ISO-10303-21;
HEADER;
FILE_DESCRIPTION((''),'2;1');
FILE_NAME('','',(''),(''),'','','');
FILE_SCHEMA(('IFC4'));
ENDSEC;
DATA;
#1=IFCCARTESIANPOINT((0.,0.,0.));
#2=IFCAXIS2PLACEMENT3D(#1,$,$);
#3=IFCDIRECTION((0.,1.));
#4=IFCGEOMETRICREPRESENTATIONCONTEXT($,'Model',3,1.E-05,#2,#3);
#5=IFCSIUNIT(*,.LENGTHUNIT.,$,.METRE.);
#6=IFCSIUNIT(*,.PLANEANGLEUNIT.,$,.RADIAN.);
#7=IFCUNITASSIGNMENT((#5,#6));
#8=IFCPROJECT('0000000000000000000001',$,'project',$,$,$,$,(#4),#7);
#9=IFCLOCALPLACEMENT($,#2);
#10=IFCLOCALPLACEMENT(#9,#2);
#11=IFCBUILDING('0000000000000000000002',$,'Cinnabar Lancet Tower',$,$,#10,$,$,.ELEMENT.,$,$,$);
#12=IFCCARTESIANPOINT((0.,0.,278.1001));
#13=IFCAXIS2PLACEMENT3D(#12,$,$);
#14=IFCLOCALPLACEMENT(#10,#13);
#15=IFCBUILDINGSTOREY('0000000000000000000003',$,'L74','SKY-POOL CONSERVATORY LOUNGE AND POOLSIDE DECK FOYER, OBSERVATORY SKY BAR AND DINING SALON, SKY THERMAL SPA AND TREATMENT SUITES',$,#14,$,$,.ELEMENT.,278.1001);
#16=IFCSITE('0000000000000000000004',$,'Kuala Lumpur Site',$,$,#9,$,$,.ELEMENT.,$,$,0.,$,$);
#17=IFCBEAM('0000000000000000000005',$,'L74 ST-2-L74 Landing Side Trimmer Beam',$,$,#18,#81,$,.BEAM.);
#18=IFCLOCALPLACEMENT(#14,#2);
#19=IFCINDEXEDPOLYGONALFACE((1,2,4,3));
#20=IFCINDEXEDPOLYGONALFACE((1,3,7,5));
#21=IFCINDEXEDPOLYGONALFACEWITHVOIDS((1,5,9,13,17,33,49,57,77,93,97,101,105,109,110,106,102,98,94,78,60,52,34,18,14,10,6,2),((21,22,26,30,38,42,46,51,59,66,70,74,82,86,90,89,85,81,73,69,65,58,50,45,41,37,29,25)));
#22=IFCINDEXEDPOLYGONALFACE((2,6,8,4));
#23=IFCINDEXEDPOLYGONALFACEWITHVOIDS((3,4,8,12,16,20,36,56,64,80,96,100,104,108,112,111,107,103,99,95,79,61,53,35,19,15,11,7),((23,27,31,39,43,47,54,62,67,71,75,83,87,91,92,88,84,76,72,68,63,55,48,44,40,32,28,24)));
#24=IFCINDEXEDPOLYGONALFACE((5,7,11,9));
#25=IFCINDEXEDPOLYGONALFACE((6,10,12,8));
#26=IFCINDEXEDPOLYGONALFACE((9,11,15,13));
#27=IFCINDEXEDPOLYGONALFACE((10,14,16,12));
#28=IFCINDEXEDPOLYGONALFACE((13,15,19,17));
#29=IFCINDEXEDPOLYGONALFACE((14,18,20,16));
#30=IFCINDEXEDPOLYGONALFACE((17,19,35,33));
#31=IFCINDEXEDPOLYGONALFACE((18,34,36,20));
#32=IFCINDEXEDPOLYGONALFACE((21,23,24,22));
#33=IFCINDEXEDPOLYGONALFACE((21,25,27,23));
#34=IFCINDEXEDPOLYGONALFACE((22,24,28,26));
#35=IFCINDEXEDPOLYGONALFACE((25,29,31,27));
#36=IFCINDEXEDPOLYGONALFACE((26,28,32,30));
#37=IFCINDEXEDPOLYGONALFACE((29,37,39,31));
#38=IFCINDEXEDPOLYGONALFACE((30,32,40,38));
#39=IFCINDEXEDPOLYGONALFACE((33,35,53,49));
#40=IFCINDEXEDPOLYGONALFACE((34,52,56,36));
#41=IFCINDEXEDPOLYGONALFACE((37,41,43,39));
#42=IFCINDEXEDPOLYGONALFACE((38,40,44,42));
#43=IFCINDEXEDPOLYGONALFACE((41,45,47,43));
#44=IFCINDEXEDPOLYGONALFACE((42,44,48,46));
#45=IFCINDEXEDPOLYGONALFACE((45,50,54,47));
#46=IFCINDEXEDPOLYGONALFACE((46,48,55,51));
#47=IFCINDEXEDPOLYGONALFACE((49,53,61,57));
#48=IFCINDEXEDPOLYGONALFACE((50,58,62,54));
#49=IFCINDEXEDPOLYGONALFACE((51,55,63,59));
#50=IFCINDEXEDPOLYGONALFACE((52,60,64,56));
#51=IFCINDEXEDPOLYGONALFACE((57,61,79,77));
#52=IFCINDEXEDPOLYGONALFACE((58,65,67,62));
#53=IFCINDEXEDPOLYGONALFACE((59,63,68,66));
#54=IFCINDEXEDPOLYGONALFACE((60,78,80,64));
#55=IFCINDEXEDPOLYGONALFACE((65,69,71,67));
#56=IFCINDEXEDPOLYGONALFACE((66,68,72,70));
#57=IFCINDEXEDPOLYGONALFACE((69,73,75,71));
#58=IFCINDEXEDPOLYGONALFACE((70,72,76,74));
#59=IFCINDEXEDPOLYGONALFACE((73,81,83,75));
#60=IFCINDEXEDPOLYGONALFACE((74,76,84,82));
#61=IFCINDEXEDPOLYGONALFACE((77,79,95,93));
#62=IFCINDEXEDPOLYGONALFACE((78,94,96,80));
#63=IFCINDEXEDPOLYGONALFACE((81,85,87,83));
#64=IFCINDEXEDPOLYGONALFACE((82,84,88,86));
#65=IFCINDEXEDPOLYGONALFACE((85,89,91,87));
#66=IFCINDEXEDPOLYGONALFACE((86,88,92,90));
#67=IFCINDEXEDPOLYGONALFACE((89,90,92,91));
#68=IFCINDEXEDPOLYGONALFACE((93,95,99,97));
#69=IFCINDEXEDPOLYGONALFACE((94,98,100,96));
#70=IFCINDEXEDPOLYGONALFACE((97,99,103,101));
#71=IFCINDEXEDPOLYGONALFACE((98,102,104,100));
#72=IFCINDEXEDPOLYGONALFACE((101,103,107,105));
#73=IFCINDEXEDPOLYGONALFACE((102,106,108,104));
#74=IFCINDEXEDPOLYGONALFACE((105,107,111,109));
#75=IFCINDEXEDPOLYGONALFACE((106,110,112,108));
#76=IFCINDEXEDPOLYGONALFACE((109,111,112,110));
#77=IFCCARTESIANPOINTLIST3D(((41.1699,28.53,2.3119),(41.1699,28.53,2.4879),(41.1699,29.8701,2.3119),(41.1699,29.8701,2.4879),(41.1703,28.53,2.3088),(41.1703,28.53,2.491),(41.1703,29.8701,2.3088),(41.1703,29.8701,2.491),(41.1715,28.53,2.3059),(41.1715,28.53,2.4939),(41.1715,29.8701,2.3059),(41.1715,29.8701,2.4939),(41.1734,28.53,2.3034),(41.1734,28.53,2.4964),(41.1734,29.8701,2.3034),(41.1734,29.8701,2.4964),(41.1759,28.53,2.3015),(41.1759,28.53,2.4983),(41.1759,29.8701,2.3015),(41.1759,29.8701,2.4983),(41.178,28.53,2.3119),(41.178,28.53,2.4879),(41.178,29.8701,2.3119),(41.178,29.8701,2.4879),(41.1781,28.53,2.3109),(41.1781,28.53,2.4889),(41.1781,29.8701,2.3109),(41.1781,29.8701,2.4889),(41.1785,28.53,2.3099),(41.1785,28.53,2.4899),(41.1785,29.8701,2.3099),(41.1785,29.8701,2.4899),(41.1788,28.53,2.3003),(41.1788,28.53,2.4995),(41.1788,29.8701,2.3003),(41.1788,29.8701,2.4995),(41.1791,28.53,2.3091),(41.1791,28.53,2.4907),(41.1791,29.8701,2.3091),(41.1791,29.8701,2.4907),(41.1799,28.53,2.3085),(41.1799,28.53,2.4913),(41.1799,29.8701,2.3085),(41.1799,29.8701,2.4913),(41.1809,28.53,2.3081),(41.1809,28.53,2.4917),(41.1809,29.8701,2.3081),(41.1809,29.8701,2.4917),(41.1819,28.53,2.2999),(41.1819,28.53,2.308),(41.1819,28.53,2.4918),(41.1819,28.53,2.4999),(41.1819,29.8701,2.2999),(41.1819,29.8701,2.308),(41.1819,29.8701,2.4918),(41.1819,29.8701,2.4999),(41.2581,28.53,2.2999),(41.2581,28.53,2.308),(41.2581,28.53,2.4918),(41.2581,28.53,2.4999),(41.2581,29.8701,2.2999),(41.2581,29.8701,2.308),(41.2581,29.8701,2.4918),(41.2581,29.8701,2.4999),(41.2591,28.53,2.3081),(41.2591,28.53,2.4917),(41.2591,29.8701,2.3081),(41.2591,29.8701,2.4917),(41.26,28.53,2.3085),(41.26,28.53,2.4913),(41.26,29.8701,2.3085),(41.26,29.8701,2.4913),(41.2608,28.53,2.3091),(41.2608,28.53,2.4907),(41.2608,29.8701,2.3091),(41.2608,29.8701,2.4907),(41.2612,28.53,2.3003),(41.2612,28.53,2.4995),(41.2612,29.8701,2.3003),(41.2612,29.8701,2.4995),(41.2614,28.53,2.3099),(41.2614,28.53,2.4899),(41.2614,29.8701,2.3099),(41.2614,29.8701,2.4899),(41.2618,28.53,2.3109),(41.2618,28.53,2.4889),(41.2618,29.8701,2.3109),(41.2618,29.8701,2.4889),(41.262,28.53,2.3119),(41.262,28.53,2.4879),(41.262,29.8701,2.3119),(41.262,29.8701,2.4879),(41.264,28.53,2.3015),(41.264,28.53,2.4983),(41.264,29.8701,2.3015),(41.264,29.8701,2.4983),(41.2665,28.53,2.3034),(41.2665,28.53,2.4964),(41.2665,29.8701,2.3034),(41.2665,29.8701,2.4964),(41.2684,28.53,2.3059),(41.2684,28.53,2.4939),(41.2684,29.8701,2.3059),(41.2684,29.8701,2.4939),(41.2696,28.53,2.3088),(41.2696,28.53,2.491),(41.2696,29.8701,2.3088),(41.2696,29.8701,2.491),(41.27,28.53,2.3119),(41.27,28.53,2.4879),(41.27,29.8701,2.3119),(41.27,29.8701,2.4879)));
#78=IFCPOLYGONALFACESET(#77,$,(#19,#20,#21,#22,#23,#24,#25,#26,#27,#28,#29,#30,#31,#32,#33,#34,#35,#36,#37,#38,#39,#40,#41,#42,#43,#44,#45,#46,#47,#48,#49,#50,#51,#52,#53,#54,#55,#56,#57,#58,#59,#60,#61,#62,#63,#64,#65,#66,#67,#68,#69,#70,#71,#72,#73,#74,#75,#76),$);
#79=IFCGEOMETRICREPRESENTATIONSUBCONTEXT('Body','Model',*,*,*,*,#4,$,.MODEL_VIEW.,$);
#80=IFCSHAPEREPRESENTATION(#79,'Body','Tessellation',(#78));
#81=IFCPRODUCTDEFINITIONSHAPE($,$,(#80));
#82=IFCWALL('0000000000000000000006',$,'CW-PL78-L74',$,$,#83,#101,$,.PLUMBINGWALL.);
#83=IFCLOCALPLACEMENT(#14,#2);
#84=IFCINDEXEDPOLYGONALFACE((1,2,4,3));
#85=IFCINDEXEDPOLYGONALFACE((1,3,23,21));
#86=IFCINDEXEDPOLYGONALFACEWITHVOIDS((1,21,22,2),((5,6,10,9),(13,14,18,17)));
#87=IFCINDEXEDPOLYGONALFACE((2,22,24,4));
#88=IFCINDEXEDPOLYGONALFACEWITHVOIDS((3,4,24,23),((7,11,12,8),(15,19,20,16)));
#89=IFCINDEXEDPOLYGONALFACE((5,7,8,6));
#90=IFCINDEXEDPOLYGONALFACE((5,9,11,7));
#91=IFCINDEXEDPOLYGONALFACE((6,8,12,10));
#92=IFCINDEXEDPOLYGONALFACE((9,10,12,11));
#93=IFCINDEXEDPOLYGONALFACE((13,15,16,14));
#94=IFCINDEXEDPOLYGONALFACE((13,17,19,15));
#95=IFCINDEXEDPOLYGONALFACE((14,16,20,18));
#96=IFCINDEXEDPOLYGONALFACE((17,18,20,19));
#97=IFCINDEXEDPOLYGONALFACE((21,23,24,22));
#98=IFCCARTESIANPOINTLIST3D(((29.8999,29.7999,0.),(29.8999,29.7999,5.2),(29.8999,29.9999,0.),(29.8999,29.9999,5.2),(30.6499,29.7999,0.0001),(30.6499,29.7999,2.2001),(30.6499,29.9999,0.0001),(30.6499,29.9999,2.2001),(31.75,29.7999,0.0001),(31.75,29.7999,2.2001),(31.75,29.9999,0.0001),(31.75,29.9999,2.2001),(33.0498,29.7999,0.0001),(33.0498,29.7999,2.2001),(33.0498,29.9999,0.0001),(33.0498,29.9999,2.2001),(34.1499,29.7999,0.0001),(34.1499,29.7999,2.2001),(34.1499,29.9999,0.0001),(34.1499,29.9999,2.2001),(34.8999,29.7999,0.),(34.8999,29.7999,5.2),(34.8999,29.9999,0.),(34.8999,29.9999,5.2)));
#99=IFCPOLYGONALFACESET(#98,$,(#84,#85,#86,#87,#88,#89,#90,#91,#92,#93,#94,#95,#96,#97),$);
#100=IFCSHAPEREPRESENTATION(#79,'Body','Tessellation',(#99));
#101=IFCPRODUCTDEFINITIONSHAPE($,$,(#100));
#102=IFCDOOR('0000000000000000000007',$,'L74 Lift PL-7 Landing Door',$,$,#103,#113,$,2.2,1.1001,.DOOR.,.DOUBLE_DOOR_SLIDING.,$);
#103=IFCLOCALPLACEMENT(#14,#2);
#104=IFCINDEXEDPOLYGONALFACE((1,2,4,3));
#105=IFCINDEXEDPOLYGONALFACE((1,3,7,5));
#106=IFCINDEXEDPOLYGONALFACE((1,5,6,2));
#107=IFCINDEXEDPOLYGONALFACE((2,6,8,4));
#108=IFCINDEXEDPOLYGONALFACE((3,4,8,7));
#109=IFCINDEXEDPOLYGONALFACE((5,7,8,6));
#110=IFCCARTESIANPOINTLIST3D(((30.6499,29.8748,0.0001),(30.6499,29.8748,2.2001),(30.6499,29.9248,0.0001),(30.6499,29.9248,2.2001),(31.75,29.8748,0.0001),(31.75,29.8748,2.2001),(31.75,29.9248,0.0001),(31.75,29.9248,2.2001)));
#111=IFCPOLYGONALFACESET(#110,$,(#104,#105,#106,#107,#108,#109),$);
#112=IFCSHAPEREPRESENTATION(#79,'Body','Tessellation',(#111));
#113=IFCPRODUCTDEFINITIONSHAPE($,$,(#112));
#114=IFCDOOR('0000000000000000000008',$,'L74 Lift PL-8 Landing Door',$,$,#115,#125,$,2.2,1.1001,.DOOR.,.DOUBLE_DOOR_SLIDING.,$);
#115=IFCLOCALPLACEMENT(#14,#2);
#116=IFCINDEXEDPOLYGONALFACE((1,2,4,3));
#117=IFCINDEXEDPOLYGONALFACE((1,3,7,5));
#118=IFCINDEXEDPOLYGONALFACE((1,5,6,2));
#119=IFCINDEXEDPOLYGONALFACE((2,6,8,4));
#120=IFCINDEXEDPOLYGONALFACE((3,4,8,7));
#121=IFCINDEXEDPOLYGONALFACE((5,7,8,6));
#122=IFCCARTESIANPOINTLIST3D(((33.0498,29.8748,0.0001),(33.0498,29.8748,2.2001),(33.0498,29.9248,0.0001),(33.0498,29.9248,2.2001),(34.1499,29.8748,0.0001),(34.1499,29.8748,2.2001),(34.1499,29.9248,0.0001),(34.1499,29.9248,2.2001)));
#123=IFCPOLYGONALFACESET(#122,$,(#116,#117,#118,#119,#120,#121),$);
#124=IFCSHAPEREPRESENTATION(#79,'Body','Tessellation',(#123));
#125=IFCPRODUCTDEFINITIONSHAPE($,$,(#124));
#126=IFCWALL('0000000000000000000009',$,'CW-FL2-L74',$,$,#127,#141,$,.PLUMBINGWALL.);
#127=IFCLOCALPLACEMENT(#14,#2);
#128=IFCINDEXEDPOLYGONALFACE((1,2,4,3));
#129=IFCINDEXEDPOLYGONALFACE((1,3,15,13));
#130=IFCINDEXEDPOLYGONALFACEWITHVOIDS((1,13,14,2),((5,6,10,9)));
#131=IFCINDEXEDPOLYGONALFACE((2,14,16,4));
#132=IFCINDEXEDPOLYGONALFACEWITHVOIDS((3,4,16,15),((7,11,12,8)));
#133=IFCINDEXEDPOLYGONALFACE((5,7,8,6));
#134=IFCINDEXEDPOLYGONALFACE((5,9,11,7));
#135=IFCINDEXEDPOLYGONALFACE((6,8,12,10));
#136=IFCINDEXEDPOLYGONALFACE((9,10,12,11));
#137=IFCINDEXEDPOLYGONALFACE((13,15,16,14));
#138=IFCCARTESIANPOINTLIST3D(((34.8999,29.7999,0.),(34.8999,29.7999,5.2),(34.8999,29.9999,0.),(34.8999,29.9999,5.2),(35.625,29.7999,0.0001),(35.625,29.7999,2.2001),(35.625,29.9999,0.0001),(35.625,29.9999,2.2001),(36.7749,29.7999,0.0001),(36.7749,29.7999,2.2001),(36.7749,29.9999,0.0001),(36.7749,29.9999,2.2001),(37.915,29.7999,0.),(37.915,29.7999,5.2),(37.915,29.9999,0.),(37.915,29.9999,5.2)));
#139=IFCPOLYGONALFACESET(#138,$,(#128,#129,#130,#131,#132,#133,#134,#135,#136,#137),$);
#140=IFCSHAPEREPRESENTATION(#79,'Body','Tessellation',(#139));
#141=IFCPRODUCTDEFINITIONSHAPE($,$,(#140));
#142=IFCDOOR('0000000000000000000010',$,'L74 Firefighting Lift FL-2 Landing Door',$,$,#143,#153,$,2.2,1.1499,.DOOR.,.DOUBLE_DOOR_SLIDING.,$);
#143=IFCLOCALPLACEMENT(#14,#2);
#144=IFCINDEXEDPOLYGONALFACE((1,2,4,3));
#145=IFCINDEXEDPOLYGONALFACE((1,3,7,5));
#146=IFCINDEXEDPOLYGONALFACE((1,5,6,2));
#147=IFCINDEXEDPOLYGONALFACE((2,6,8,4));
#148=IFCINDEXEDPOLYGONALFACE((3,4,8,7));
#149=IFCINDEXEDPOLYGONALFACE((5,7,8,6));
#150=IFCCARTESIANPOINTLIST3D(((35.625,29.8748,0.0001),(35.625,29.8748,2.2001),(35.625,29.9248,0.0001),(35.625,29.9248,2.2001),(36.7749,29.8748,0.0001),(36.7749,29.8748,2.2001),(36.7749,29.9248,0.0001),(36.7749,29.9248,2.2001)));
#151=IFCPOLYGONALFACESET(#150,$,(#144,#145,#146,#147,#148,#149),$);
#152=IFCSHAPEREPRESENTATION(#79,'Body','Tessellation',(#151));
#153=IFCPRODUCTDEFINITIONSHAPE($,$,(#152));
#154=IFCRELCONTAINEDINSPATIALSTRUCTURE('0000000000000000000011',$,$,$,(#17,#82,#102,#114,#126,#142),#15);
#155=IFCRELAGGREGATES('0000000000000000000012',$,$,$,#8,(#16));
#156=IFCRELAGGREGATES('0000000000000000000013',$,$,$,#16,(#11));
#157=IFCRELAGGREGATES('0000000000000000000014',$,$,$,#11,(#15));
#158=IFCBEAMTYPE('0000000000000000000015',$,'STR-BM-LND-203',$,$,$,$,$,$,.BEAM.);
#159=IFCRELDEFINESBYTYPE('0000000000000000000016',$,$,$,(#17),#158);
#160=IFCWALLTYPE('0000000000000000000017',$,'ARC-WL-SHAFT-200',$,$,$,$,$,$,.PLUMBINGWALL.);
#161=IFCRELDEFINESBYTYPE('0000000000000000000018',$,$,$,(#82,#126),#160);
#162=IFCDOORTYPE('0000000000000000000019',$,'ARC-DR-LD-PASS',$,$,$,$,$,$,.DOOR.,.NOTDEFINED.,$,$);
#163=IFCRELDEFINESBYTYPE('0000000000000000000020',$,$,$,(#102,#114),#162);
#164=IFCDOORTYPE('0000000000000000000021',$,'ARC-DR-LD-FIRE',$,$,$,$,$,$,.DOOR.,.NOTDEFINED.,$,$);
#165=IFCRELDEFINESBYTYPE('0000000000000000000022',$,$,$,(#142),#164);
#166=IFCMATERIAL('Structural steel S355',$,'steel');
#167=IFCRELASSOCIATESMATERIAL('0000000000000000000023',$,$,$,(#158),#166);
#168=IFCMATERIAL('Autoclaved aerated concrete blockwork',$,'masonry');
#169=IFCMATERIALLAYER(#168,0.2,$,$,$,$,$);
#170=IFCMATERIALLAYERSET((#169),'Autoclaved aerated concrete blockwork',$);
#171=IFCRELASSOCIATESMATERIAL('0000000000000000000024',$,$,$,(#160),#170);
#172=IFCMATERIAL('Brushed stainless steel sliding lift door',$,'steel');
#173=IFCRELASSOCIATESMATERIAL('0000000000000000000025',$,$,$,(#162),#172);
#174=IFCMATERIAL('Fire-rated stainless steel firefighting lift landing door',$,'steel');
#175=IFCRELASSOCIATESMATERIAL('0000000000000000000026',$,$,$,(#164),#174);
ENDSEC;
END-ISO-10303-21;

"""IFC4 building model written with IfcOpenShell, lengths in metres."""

from ifc_helpers import new_model, si_unit, direction, frame, frame_2d, origin, origin_2d, place, context, subcontext, project, spatial, rectangle, hollow_rectangle, extrude, material, layer, layer_set, material_profile, profile_set, type_object, element, fill, save


model = new_model("IFC4")

# Units and contexts
model_context = context("Model", 3, precision=1e-05, world=origin(), true_north=direction((0.0, 1.0)))
body_context = subcontext(model_context, "Body", "Model", "MODEL_VIEW")
ifc_project = project(units=[si_unit("LENGTHUNIT", "METRE"), si_unit("PLANEANGLEUNIT", "RADIAN")], contexts=[model_context])

# Site, building, storey
site_placement = place(None, origin())
site = spatial("IfcSite", under=ifc_project, at=site_placement, Name="Kuala Lumpur Site", CompositionType="ELEMENT", RefElevation=0.0)
building_placement = place(site_placement, origin())
building = spatial("IfcBuilding", under=site, at=building_placement, Name="Cinnabar Lancet Tower", CompositionType="ELEMENT")
storey_placement = place(building_placement, frame((0.0, 0.0, 278.1001)))
storey = spatial("IfcBuildingStorey", under=building, at=storey_placement, Name="L74", Description="SKY-POOL CONSERVATORY LOUNGE AND POOLSIDE DECK FOYER, OBSERVATORY SKY BAR AND DINING SALON, SKY THERMAL SPA AND TREATMENT SUITES", CompositionType="ELEMENT", Elevation=278.1001)

# Beam
ifc_material_1 = material(Name="Structural steel S355", Category="steel")
ifc_material_profile = material_profile(ifc_material_1, hollow_rectangle(XDim=0.1001, YDim=0.2, WallThickness=0.0081, InnerFilletRadius=0.0039, OuterFilletRadius=0.012, at=origin_2d()), Name="RHS 200x100x8")
ifc_profile_set = profile_set([ifc_material_profile], Name="Structural steel S355")
beam_type = type_object("IfcBeamType", Name="STR-BM-LND-203", PredefinedType="BEAM", material=ifc_profile_set)
beam_placement = place(storey_placement, frame((41.22, 28.53, 2.3999), z_axis=(0.0, 1.0, 0.0), x_axis=(-1.0, 0.0, 0.0)))
element("IfcBeam", 1, at=beam_placement, inside=storey, type_object=beam_type, Name="L74 ST-2-L74 Landing Side Trimmer Beam", PredefinedType="BEAM", context=body_context, shape_type="SweptSolid", body=[
    extrude(hollow_rectangle(XDim=0.1001, YDim=0.2, WallThickness=0.0081, InnerFilletRadius=0.0039, OuterFilletRadius=0.012, at=origin_2d()), origin(), (0.0, 0.0, 1.0), 1.3401),
])

# Wall, openings, doors
ifc_material_2 = material(Name="Autoclaved aerated concrete blockwork", Category="masonry")
ifc_layer = layer(ifc_material_2, 0.2)
ifc_layer_set = layer_set([ifc_layer], Name="Autoclaved aerated concrete blockwork")
wall_type = type_object("IfcWallType", Name="ARC-WL-SHAFT-200", PredefinedType="PLUMBINGWALL", material=ifc_layer_set)
wall_1_placement = place(storey_placement, frame((29.8999, 29.8999, 0.0), z_axis=(0.0, 0.0, 1.0), x_axis=(1.0, 0.0, 0.0)))
wall_1 = element("IfcWall", 2, at=wall_1_placement, inside=storey, type_object=wall_type, Name="CW-PL78-L74", PredefinedType="PLUMBINGWALL", context=body_context, shape_type="SweptSolid", body=[
    extrude(rectangle(XDim=5.0, YDim=0.2, at=frame_2d((2.5, 0.0))), origin(), (0.0, 0.0, 1.0), 5.2),
])
opening_1_placement = place(wall_1_placement, frame((0.75, 0.0, 0.0)))
opening_1 = element("IfcOpeningElement", 3, at=opening_1_placement, cuts=wall_1, PredefinedType="OPENING", context=body_context, shape_type="SweptSolid", body=[
    extrude(rectangle(XDim=1.1001, YDim=2.2, at=frame_2d((0.55, 1.1001))), frame((0.0, 0.1099, 0.0), z_axis=(0.0, -1.0, 0.0), x_axis=(1.0, 0.0, 0.0)), (0.0, 0.0, 1.0), 0.22),
])
opening_2_placement = place(wall_1_placement, frame((3.1499, 0.0, 0.0)))
opening_2 = element("IfcOpeningElement", 4, at=opening_2_placement, cuts=wall_1, PredefinedType="OPENING", context=body_context, shape_type="SweptSolid", body=[
    extrude(rectangle(XDim=1.1001, YDim=2.2, at=frame_2d((0.55, 1.1001))), frame((0.0, 0.1099, 0.0), z_axis=(0.0, -1.0, 0.0), x_axis=(1.0, 0.0, 0.0)), (0.0, 0.0, 1.0), 0.22),
])
ifc_material_3 = material(Name="Brushed stainless steel sliding lift door", Category="steel")
door_type_1 = type_object("IfcDoorType", Name="ARC-DR-LD-PASS", OperationType="NOTDEFINED", PredefinedType="DOOR", material=ifc_material_3)
door_1_placement = place(opening_1_placement, origin())
door_1 = element("IfcDoor", 5, at=door_1_placement, inside=storey, type_object=door_type_1, Name="L74 Lift PL-7 Landing Door", OperationType="DOUBLE_DOOR_SLIDING", OverallHeight=2.2, OverallWidth=1.1001, PredefinedType="DOOR", context=body_context, shape_type="SweptSolid", body=[
    extrude(rectangle(XDim=1.1001, YDim=2.2, at=frame_2d((0.55, 1.1001))), frame((0.0, 0.0249, 0.0), z_axis=(0.0, -1.0, 0.0), x_axis=(1.0, 0.0, 0.0)), (0.0, 0.0, 1.0), 0.05),
])
fill(opening_1, door_1)
door_2_placement = place(opening_2_placement, origin())
door_2 = element("IfcDoor", 6, at=door_2_placement, inside=storey, type_object=door_type_1, Name="L74 Lift PL-8 Landing Door", OperationType="DOUBLE_DOOR_SLIDING", OverallHeight=2.2, OverallWidth=1.1001, PredefinedType="DOOR", context=body_context, shape_type="SweptSolid", body=[
    extrude(rectangle(XDim=1.1001, YDim=2.2, at=frame_2d((0.55, 1.1001))), frame((0.0, 0.0249, 0.0), z_axis=(0.0, -1.0, 0.0), x_axis=(1.0, 0.0, 0.0)), (0.0, 0.0, 1.0), 0.05),
])
fill(opening_2, door_2)

# Wall, opening, door
wall_2_placement = place(storey_placement, frame((34.8999, 29.8999, 0.0), z_axis=(0.0, 0.0, 1.0), x_axis=(1.0, 0.0, 0.0)))
wall_2 = element("IfcWall", 7, at=wall_2_placement, inside=storey, type_object=wall_type, Name="CW-FL2-L74", PredefinedType="PLUMBINGWALL", context=body_context, shape_type="SweptSolid", body=[
    extrude(rectangle(XDim=3.0151, YDim=0.2, at=frame_2d((1.5076, 0.0))), origin(), (0.0, 0.0, 1.0), 5.2),
])
opening_3_placement = place(wall_2_placement, frame((0.7251, 0.0, 0.0)))
opening_3 = element("IfcOpeningElement", 8, at=opening_3_placement, cuts=wall_2, PredefinedType="OPENING", context=body_context, shape_type="SweptSolid", body=[
    extrude(rectangle(XDim=1.1499, YDim=2.2, at=frame_2d((0.575, 1.1001))), frame((0.0, 0.1099, 0.0), z_axis=(0.0, -1.0, 0.0), x_axis=(1.0, 0.0, 0.0)), (0.0, 0.0, 1.0), 0.22),
])
ifc_material_4 = material(Name="Fire-rated stainless steel firefighting lift landing door", Category="steel")
door_type_2 = type_object("IfcDoorType", Name="ARC-DR-LD-FIRE", OperationType="NOTDEFINED", PredefinedType="DOOR", material=ifc_material_4)
door_3_placement = place(opening_3_placement, origin())
door_3 = element("IfcDoor", 9, at=door_3_placement, inside=storey, type_object=door_type_2, Name="L74 Firefighting Lift FL-2 Landing Door", OperationType="DOUBLE_DOOR_SLIDING", OverallHeight=2.2, OverallWidth=1.1499, PredefinedType="DOOR", context=body_context, shape_type="SweptSolid", body=[
    extrude(rectangle(XDim=1.1499, YDim=2.2, at=frame_2d((0.575, 1.1001))), frame((0.0, 0.0249, 0.0), z_axis=(0.0, -1.0, 0.0), x_axis=(1.0, 0.0, 0.0)), (0.0, 0.0, 1.0), 0.05),
])
fill(opening_3, door_3)

save(model, "model.ifc")
